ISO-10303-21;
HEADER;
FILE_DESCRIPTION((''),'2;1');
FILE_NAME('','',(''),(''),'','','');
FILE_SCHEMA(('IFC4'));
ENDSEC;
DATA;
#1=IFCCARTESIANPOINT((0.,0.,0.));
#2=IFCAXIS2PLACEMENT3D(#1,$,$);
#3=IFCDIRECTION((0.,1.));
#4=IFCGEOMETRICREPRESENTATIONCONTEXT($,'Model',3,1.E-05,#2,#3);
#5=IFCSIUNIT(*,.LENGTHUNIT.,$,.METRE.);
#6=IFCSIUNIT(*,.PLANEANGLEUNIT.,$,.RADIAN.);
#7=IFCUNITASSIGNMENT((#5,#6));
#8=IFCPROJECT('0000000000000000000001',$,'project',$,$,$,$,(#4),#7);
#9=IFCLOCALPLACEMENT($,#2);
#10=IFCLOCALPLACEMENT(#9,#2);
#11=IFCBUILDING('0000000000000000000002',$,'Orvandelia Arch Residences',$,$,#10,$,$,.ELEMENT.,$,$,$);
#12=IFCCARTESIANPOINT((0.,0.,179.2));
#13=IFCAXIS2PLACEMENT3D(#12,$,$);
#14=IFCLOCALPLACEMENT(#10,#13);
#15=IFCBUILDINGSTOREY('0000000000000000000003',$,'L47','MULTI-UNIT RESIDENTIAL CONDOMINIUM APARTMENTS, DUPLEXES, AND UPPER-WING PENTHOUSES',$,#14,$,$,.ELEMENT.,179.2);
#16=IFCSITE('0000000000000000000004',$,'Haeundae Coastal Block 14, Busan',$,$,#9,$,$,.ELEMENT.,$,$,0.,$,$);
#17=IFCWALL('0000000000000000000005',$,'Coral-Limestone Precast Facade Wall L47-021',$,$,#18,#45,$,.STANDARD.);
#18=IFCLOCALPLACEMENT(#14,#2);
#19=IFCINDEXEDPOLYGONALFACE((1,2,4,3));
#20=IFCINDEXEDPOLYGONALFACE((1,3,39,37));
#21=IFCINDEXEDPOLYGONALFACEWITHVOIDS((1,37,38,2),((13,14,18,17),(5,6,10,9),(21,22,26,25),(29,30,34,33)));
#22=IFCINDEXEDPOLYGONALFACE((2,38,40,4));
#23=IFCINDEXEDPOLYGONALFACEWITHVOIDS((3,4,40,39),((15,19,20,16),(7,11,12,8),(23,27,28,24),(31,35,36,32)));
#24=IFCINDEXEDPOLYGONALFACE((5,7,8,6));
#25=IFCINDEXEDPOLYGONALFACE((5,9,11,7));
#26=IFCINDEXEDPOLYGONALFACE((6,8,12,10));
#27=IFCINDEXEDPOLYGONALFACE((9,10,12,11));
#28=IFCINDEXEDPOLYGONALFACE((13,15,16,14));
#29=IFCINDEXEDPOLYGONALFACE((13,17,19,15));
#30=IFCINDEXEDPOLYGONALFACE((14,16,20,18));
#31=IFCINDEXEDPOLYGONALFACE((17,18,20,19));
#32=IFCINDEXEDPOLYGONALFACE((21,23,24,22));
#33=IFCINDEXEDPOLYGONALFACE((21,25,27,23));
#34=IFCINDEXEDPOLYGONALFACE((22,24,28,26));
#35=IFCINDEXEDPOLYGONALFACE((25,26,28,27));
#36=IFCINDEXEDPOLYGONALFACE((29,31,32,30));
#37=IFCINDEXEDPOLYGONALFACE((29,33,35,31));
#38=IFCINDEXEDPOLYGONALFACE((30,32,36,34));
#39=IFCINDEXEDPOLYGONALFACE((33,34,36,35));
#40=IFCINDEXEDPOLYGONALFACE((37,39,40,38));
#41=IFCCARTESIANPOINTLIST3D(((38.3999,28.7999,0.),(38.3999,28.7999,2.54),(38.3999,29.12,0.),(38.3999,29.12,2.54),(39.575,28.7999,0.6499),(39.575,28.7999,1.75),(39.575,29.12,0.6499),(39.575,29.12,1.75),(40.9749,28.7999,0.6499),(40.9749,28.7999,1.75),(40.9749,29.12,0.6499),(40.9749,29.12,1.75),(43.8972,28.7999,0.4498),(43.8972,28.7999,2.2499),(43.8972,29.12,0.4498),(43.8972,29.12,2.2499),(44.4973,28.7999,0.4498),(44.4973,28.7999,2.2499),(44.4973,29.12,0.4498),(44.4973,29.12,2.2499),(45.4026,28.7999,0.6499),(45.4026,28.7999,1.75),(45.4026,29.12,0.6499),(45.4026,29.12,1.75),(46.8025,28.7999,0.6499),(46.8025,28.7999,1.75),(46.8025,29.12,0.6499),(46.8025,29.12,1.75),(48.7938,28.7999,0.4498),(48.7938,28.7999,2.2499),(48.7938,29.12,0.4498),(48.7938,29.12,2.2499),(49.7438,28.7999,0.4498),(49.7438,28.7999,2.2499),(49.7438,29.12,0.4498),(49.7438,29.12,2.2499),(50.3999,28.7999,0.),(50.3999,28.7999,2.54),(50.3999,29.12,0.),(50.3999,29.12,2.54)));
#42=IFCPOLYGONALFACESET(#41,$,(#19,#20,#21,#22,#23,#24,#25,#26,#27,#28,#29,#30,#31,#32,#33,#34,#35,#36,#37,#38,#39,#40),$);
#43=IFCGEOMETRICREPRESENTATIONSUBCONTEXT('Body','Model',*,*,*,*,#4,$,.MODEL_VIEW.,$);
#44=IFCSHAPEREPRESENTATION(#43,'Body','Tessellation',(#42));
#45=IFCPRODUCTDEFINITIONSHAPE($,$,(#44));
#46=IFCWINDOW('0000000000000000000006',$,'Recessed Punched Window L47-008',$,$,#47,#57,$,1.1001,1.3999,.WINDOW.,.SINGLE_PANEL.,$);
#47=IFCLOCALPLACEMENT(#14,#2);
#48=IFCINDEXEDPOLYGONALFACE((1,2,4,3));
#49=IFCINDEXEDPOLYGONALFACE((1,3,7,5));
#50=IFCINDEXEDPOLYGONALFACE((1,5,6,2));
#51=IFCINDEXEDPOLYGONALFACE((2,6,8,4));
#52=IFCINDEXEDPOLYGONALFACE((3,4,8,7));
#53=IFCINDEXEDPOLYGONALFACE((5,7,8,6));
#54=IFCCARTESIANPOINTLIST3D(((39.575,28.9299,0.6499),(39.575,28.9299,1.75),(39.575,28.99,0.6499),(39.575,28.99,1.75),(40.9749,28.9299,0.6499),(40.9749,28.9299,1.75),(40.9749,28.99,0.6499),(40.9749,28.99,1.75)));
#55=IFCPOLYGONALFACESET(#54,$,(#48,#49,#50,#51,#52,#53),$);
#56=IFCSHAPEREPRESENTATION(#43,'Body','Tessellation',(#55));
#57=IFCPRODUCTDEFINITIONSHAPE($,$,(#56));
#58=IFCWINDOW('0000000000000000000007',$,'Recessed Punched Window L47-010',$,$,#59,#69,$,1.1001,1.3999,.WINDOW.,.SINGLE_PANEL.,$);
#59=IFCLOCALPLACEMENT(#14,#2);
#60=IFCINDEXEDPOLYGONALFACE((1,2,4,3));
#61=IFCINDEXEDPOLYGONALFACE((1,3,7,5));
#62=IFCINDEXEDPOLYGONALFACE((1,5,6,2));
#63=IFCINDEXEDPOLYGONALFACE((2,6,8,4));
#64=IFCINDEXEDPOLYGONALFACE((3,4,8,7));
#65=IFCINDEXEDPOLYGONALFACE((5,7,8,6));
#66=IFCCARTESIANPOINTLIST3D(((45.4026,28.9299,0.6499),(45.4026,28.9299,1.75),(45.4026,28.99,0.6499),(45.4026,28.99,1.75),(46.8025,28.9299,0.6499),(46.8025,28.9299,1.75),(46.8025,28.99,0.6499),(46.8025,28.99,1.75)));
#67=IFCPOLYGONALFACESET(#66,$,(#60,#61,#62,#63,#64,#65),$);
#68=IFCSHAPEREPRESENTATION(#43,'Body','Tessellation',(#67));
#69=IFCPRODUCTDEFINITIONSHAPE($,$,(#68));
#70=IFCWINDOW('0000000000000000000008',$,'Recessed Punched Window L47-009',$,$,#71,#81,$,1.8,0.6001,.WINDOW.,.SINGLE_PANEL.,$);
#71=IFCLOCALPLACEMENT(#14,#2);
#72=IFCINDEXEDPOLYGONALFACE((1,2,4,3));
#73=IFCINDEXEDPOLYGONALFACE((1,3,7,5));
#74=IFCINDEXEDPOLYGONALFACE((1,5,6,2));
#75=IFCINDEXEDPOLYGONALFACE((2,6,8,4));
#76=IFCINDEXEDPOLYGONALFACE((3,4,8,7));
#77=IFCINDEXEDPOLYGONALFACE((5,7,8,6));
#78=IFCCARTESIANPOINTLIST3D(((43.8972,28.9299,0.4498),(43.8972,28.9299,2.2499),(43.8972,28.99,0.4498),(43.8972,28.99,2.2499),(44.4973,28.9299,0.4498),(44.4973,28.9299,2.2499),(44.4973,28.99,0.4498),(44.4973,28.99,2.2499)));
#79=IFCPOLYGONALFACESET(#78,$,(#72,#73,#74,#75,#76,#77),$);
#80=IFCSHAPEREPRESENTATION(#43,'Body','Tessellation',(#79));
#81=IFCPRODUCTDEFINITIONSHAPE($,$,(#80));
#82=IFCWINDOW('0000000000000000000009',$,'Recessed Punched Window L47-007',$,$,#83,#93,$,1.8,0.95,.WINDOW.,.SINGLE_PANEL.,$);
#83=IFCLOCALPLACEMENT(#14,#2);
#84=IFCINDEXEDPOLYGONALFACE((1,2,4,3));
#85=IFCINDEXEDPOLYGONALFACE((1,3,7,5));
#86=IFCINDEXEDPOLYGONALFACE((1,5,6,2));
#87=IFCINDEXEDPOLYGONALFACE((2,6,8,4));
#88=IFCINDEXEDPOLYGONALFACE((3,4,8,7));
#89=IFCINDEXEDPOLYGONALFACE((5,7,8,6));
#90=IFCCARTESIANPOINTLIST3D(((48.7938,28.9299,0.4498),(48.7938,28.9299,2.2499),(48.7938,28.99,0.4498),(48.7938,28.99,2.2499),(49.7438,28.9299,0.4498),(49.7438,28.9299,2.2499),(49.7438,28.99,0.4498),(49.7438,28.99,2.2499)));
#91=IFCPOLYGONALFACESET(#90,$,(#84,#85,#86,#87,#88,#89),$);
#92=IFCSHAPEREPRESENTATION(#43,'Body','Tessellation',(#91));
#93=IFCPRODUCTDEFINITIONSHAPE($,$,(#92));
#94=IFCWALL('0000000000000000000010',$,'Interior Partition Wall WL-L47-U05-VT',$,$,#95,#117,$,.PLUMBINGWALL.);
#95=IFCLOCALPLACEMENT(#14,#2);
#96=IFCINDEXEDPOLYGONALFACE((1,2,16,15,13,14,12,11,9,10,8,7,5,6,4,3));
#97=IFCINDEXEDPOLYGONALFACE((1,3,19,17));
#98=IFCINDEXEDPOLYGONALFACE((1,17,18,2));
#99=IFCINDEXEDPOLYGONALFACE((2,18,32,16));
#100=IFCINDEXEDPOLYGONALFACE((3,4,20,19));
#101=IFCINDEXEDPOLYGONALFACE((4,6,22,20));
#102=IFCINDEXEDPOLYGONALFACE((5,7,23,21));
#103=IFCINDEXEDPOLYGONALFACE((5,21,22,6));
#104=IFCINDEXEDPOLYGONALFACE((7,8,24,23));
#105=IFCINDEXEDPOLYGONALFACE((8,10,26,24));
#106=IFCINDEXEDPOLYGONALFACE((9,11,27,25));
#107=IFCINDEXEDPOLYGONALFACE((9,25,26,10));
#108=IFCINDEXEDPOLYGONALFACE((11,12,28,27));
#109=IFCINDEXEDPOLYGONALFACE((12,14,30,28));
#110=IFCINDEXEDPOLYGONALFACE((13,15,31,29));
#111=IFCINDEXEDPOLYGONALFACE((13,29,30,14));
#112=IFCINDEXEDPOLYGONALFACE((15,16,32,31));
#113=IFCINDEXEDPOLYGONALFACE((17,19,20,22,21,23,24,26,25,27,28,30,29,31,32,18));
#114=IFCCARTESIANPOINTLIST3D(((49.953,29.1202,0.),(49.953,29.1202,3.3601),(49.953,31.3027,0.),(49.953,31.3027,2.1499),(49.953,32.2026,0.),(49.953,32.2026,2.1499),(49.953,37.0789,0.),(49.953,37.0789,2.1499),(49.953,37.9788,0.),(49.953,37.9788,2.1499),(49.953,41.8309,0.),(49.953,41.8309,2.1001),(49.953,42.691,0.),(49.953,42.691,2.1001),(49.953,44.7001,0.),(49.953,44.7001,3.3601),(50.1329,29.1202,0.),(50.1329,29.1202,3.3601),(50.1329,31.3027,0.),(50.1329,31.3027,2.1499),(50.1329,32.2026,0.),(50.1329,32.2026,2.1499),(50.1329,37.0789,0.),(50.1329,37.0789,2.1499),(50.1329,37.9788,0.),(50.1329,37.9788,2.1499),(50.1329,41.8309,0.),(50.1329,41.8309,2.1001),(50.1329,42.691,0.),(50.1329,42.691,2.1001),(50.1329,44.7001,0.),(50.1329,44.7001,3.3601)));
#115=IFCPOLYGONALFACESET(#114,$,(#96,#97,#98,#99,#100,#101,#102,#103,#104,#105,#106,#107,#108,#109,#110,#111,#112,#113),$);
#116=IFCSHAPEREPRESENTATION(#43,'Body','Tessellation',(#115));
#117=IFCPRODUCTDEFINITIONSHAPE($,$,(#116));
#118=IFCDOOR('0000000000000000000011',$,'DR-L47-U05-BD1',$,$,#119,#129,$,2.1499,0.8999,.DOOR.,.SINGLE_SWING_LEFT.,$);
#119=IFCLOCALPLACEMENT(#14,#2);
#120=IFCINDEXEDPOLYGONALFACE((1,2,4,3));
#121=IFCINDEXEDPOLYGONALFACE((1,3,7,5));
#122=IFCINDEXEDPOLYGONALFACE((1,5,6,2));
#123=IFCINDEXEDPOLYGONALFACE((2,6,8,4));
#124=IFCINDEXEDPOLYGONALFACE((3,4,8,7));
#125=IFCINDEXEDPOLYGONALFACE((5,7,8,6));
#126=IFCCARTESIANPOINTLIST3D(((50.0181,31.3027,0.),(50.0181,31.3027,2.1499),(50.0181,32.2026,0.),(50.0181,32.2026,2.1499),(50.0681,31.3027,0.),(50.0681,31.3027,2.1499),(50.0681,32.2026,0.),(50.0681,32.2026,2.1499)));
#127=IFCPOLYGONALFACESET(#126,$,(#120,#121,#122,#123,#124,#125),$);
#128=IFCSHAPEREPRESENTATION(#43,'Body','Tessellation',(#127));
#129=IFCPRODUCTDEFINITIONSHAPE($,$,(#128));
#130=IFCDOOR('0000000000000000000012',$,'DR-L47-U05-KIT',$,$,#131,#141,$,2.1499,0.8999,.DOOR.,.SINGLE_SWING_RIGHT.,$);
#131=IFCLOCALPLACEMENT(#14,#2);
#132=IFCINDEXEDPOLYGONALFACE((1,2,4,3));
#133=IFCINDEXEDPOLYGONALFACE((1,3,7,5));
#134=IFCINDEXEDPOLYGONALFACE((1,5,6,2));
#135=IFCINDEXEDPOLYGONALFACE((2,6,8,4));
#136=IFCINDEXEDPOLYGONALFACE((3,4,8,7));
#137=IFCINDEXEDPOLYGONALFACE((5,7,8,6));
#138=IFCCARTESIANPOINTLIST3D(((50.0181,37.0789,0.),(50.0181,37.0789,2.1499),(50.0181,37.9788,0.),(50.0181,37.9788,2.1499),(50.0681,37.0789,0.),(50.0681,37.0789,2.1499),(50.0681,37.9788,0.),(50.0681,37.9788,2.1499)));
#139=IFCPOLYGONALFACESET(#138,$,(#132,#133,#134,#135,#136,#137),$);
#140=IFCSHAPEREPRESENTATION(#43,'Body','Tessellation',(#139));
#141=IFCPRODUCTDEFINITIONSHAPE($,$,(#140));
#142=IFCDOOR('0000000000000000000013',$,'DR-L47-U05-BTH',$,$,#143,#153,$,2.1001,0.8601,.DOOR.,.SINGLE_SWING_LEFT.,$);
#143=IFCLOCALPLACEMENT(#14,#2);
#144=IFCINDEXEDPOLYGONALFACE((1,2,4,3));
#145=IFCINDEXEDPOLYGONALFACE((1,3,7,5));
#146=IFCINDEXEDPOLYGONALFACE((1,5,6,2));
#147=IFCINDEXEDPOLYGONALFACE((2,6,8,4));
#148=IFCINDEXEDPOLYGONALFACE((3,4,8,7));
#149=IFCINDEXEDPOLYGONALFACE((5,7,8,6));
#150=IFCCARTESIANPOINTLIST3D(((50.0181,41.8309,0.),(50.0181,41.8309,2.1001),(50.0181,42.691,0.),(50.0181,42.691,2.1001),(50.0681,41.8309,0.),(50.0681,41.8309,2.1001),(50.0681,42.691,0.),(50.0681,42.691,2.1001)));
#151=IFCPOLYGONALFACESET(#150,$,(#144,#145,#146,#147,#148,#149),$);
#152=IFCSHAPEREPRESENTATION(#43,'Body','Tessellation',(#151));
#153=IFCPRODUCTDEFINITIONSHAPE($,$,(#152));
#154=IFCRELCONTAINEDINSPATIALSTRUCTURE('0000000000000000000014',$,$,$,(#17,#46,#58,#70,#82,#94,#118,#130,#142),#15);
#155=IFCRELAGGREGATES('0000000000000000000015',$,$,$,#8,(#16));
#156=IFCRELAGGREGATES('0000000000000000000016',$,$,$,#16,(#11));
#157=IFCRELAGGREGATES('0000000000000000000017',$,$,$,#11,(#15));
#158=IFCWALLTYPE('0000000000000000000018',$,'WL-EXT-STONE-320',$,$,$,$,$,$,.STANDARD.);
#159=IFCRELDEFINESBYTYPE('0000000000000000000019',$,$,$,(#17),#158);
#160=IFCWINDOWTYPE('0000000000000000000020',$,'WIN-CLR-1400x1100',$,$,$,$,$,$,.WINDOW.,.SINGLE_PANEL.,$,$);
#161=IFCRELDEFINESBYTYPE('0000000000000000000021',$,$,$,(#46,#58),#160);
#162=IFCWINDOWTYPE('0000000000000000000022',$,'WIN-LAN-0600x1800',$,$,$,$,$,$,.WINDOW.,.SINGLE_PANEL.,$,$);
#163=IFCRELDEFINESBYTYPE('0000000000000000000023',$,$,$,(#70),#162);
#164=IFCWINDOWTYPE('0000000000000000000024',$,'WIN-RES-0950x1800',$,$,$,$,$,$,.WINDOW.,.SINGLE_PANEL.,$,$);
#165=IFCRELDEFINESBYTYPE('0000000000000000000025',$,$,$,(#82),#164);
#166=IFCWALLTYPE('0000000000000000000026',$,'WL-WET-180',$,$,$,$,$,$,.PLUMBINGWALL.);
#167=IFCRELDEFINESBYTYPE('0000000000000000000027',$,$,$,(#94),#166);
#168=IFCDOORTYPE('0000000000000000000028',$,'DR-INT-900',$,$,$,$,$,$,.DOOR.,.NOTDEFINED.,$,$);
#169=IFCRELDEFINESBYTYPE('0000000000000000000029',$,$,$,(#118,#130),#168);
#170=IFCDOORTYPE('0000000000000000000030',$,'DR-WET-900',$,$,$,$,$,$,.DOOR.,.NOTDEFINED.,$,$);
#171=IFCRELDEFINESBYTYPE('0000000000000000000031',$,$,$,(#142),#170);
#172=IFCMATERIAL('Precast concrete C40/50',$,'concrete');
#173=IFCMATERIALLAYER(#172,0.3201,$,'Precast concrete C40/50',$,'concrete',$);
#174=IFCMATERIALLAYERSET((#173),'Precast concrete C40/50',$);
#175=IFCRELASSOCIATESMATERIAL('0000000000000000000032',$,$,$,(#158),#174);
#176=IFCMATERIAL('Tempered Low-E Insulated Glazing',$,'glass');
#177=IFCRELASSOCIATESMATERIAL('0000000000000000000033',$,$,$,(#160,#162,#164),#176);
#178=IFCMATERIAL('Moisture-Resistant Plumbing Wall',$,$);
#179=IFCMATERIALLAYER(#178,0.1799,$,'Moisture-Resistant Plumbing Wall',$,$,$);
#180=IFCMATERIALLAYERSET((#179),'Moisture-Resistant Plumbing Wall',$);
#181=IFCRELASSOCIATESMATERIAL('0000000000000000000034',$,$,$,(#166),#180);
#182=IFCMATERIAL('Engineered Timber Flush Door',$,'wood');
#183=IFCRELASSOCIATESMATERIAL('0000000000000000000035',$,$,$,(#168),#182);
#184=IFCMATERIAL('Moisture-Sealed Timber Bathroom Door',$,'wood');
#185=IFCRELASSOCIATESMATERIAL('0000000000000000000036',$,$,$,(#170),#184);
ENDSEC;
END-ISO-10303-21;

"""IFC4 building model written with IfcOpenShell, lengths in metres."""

from ifc_helpers import new_model, si_unit, direction, frame, frame_2d, origin, place, context, subcontext, project, spatial, rectangle, extrude, material, layer, layer_set, type_object, element, fill, save


model = new_model("IFC4")

# Units and contexts
model_context = context("Model", 3, precision=1e-05, world=origin(), true_north=direction((0.0, 1.0)))
body_context = subcontext(model_context, "Body", "Model", "MODEL_VIEW")
ifc_project = project(units=[si_unit("LENGTHUNIT", "METRE"), si_unit("PLANEANGLEUNIT", "RADIAN")], contexts=[model_context])

# Site, building, storey
site_placement = place(None, origin())
site = spatial("IfcSite", under=ifc_project, at=site_placement, Name="Haeundae Coastal Block 14, Busan", CompositionType="ELEMENT", RefElevation=0.0)
building_placement = place(site_placement, origin())
building = spatial("IfcBuilding", under=site, at=building_placement, Name="Orvandelia Arch Residences", CompositionType="ELEMENT")
storey_placement = place(building_placement, frame((0.0, 0.0, 179.2)))
storey = spatial("IfcBuildingStorey", under=building, at=storey_placement, Name="L47", Description="MULTI-UNIT RESIDENTIAL CONDOMINIUM APARTMENTS, DUPLEXES, AND UPPER-WING PENTHOUSES", CompositionType="ELEMENT", Elevation=179.2)

# Shared definitions
ifc_material_1 = material(Name="Precast concrete C40/50", Category="concrete")
ifc_layer_1 = layer(ifc_material_1, 0.3201, Name="Precast concrete C40/50", Category="concrete")
ifc_layer_set_1 = layer_set([ifc_layer_1], Name="Precast concrete C40/50")
wall_type_1 = type_object("IfcWallType", Name="WL-EXT-STONE-320", PredefinedType="STANDARD", material=ifc_layer_set_1)

# Wall, openings, windows
wall_1_placement = place(storey_placement, frame((50.3999, 28.96, 0.0), z_axis=(0.0, 0.0, 1.0), x_axis=(-1.0, 0.0, 0.0)))
wall_1 = element("IfcWall", 1, at=wall_1_placement, inside=storey, type_object=wall_type_1, Name="Coral-Limestone Precast Facade Wall L47-021", PredefinedType="STANDARD", context=body_context, shape_type="SweptSolid", body=[
    extrude(rectangle(XDim=12.0, YDim=0.3201, at=frame_2d((6.0, 0.0))), origin(), (0.0, 0.0, 1.0), 2.54),
])
opening_1_placement = place(wall_1_placement, frame((0.656, 0.0, 0.45)))
opening_1 = element("IfcOpeningElement", 2, at=opening_1_placement, cuts=wall_1, PredefinedType="OPENING", context=body_context, shape_type="SweptSolid", body=[
    extrude(rectangle(XDim=0.95, YDim=1.8, at=frame_2d((0.4751, 0.8999))), frame((0.0, 0.1699, 0.0), z_axis=(0.0, -1.0, 0.0), x_axis=(1.0, 0.0, 0.0)), (0.0, 0.0, 1.0), 0.3401),
])
opening_2_placement = place(wall_1_placement, frame((9.425, 0.0, 0.6499)))
opening_2 = element("IfcOpeningElement", 3, at=opening_2_placement, cuts=wall_1, PredefinedType="OPENING", context=body_context, shape_type="SweptSolid", body=[
    extrude(rectangle(XDim=1.3999, YDim=1.1001, at=frame_2d((0.7, 0.55))), frame((0.0, 0.1699, 0.0), z_axis=(0.0, -1.0, 0.0), x_axis=(1.0, 0.0, 0.0)), (0.0, 0.0, 1.0), 0.3401),
])
opening_3_placement = place(wall_1_placement, frame((5.9026, 0.0, 0.45)))
opening_3 = element("IfcOpeningElement", 4, at=opening_3_placement, cuts=wall_1, PredefinedType="OPENING", context=body_context, shape_type="SweptSolid", body=[
    extrude(rectangle(XDim=0.6001, YDim=1.8, at=frame_2d((0.3, 0.8999))), frame((0.0, 0.1699, 0.0), z_axis=(0.0, -1.0, 0.0), x_axis=(1.0, 0.0, 0.0)), (0.0, 0.0, 1.0), 0.3401),
])
opening_4_placement = place(wall_1_placement, frame((3.5974, 0.0, 0.6499)))
opening_4 = element("IfcOpeningElement", 5, at=opening_4_placement, cuts=wall_1, PredefinedType="OPENING", context=body_context, shape_type="SweptSolid", body=[
    extrude(rectangle(XDim=1.3999, YDim=1.1001, at=frame_2d((0.7, 0.55))), frame((0.0, 0.1699, 0.0), z_axis=(0.0, -1.0, 0.0), x_axis=(1.0, 0.0, 0.0)), (0.0, 0.0, 1.0), 0.3401),
])
ifc_material_2 = material(Name="Tempered Low-E Insulated Glazing", Category="glass")
window_type_1 = type_object("IfcWindowType", Name="WIN-CLR-1400x1100", PartitioningType="SINGLE_PANEL", PredefinedType="WINDOW", material=ifc_material_2)
window_1_placement = place(opening_2_placement, origin())
window_1 = element("IfcWindow", 6, at=window_1_placement, inside=storey, type_object=window_type_1, Name="Recessed Punched Window L47-008", OverallHeight=1.1001, OverallWidth=1.3999, PartitioningType="SINGLE_PANEL", PredefinedType="WINDOW", context=body_context, shape_type="SweptSolid", body=[
    extrude(rectangle(XDim=1.3999, YDim=1.1001, at=frame_2d((0.7, 0.55))), frame((0.0, 0.03, 0.0), z_axis=(0.0, -1.0, 0.0), x_axis=(1.0, 0.0, 0.0)), (0.0, 0.0, 1.0), 0.0601),
])
fill(opening_2, window_1)
window_2_placement = place(opening_4_placement, origin())
window_2 = element("IfcWindow", 7, at=window_2_placement, inside=storey, type_object=window_type_1, Name="Recessed Punched Window L47-010", OverallHeight=1.1001, OverallWidth=1.3999, PartitioningType="SINGLE_PANEL", PredefinedType="WINDOW", context=body_context, shape_type="SweptSolid", body=[
    extrude(rectangle(XDim=1.3999, YDim=1.1001, at=frame_2d((0.7, 0.55))), frame((0.0, 0.03, 0.0), z_axis=(0.0, -1.0, 0.0), x_axis=(1.0, 0.0, 0.0)), (0.0, 0.0, 1.0), 0.0601),
])
fill(opening_4, window_2)
window_type_2 = type_object("IfcWindowType", Name="WIN-LAN-0600x1800", PartitioningType="SINGLE_PANEL", PredefinedType="WINDOW", material=ifc_material_2)
window_3_placement = place(opening_3_placement, origin())
window_3 = element("IfcWindow", 8, at=window_3_placement, inside=storey, type_object=window_type_2, Name="Recessed Punched Window L47-009", OverallHeight=1.8, OverallWidth=0.6001, PartitioningType="SINGLE_PANEL", PredefinedType="WINDOW", context=body_context, shape_type="SweptSolid", body=[
    extrude(rectangle(XDim=0.6001, YDim=1.8, at=frame_2d((0.3, 0.8999))), frame((0.0, 0.03, 0.0), z_axis=(0.0, -1.0, 0.0), x_axis=(1.0, 0.0, 0.0)), (0.0, 0.0, 1.0), 0.0601),
])
fill(opening_3, window_3)
window_type_3 = type_object("IfcWindowType", Name="WIN-RES-0950x1800", PartitioningType="SINGLE_PANEL", PredefinedType="WINDOW", material=ifc_material_2)
window_4_placement = place(opening_1_placement, origin())
window_4 = element("IfcWindow", 9, at=window_4_placement, inside=storey, type_object=window_type_3, Name="Recessed Punched Window L47-007", OverallHeight=1.8, OverallWidth=0.95, PartitioningType="SINGLE_PANEL", PredefinedType="WINDOW", context=body_context, shape_type="SweptSolid", body=[
    extrude(rectangle(XDim=0.95, YDim=1.8, at=frame_2d((0.4751, 0.8999))), frame((0.0, 0.03, 0.0), z_axis=(0.0, -1.0, 0.0), x_axis=(1.0, 0.0, 0.0)), (0.0, 0.0, 1.0), 0.0601),
])
fill(opening_1, window_4)

# Wall, openings, doors
ifc_material_3 = material(Name="Moisture-Resistant Plumbing Wall")
ifc_layer_2 = layer(ifc_material_3, 0.1799, Name="Moisture-Resistant Plumbing Wall")
ifc_layer_set_2 = layer_set([ifc_layer_2], Name="Moisture-Resistant Plumbing Wall")
wall_type_2 = type_object("IfcWallType", Name="WL-WET-180", PredefinedType="PLUMBINGWALL", material=ifc_layer_set_2)
wall_2_placement = place(storey_placement, frame((50.043, 29.1201, 0.0), z_axis=(0.0, 0.0, 1.0), x_axis=(0.0, 1.0, 0.0)))
wall_2 = element("IfcWall", 10, at=wall_2_placement, inside=storey, type_object=wall_type_2, Name="Interior Partition Wall WL-L47-U05-VT", PredefinedType="PLUMBINGWALL", context=body_context, shape_type="SweptSolid", body=[
    extrude(rectangle(XDim=15.5798, YDim=0.1799, at=frame_2d((7.79, 0.0))), origin(), (0.0, 0.0, 1.0), 3.3601),
])
opening_5_placement = place(wall_2_placement, frame((2.1826, 0.0, 0.0)))
opening_5 = element("IfcOpeningElement", 11, at=opening_5_placement, cuts=wall_2, PredefinedType="OPENING", context=body_context, shape_type="SweptSolid", body=[
    extrude(rectangle(XDim=0.8999, YDim=2.1499, at=frame_2d((0.45, 1.075))), frame((0.0, 0.1001, 0.0), z_axis=(0.0, -1.0, 0.0), x_axis=(1.0, 0.0, 0.0)), (0.0, 0.0, 1.0), 0.2),
])
opening_6_placement = place(wall_2_placement, frame((7.9587, 0.0, 0.0)))
opening_6 = element("IfcOpeningElement", 12, at=opening_6_placement, cuts=wall_2, PredefinedType="OPENING", context=body_context, shape_type="SweptSolid", body=[
    extrude(rectangle(XDim=0.8999, YDim=2.1499, at=frame_2d((0.45, 1.075))), frame((0.0, 0.1001, 0.0), z_axis=(0.0, -1.0, 0.0), x_axis=(1.0, 0.0, 0.0)), (0.0, 0.0, 1.0), 0.2),
])
opening_7_placement = place(wall_2_placement, frame((12.7107, 0.0, 0.0)))
opening_7 = element("IfcOpeningElement", 13, at=opening_7_placement, cuts=wall_2, PredefinedType="OPENING", context=body_context, shape_type="SweptSolid", body=[
    extrude(rectangle(XDim=0.8601, YDim=2.1001, at=frame_2d((0.4302, 1.05))), frame((0.0, 0.1001, 0.0), z_axis=(0.0, -1.0, 0.0), x_axis=(1.0, 0.0, 0.0)), (0.0, 0.0, 1.0), 0.2),
])
ifc_material_4 = material(Name="Engineered Timber Flush Door", Category="wood")
door_type_1 = type_object("IfcDoorType", Name="DR-INT-900", OperationType="NOTDEFINED", PredefinedType="DOOR", material=ifc_material_4)
door_1_placement = place(opening_5_placement, origin())
door_1 = element("IfcDoor", 14, at=door_1_placement, inside=storey, type_object=door_type_1, Name="DR-L47-U05-BD1", OperationType="SINGLE_SWING_LEFT", OverallHeight=2.1499, OverallWidth=0.8999, PredefinedType="DOOR", context=body_context, shape_type="SweptSolid", body=[
    extrude(rectangle(XDim=0.8999, YDim=2.1499, at=frame_2d((0.45, 1.075))), frame((0.0, 0.0249, 0.0), z_axis=(0.0, -1.0, 0.0), x_axis=(1.0, 0.0, 0.0)), (0.0, 0.0, 1.0), 0.05),
])
fill(opening_5, door_1)
door_2_placement = place(opening_6_placement, origin())
door_2 = element("IfcDoor", 15, at=door_2_placement, inside=storey, type_object=door_type_1, Name="DR-L47-U05-KIT", OperationType="SINGLE_SWING_RIGHT", OverallHeight=2.1499, OverallWidth=0.8999, PredefinedType="DOOR", context=body_context, shape_type="SweptSolid", body=[
    extrude(rectangle(XDim=0.8999, YDim=2.1499, at=frame_2d((0.45, 1.075))), frame((0.0, 0.0249, 0.0), z_axis=(0.0, -1.0, 0.0), x_axis=(1.0, 0.0, 0.0)), (0.0, 0.0, 1.0), 0.05),
])
fill(opening_6, door_2)
ifc_material_5 = material(Name="Moisture-Sealed Timber Bathroom Door", Category="wood")
door_type_2 = type_object("IfcDoorType", Name="DR-WET-900", OperationType="NOTDEFINED", PredefinedType="DOOR", material=ifc_material_5)
door_3_placement = place(opening_7_placement, origin())
door_3 = element("IfcDoor", 16, at=door_3_placement, inside=storey, type_object=door_type_2, Name="DR-L47-U05-BTH", OperationType="SINGLE_SWING_LEFT", OverallHeight=2.1001, OverallWidth=0.8601, PredefinedType="DOOR", context=body_context, shape_type="SweptSolid", body=[
    extrude(rectangle(XDim=0.8601, YDim=2.1001, at=frame_2d((0.4302, 1.05))), frame((0.0, 0.0249, 0.0), z_axis=(0.0, -1.0, 0.0), x_axis=(1.0, 0.0, 0.0)), (0.0, 0.0, 1.0), 0.05),
])
fill(opening_7, door_3)

save(model, "model.ifc")
